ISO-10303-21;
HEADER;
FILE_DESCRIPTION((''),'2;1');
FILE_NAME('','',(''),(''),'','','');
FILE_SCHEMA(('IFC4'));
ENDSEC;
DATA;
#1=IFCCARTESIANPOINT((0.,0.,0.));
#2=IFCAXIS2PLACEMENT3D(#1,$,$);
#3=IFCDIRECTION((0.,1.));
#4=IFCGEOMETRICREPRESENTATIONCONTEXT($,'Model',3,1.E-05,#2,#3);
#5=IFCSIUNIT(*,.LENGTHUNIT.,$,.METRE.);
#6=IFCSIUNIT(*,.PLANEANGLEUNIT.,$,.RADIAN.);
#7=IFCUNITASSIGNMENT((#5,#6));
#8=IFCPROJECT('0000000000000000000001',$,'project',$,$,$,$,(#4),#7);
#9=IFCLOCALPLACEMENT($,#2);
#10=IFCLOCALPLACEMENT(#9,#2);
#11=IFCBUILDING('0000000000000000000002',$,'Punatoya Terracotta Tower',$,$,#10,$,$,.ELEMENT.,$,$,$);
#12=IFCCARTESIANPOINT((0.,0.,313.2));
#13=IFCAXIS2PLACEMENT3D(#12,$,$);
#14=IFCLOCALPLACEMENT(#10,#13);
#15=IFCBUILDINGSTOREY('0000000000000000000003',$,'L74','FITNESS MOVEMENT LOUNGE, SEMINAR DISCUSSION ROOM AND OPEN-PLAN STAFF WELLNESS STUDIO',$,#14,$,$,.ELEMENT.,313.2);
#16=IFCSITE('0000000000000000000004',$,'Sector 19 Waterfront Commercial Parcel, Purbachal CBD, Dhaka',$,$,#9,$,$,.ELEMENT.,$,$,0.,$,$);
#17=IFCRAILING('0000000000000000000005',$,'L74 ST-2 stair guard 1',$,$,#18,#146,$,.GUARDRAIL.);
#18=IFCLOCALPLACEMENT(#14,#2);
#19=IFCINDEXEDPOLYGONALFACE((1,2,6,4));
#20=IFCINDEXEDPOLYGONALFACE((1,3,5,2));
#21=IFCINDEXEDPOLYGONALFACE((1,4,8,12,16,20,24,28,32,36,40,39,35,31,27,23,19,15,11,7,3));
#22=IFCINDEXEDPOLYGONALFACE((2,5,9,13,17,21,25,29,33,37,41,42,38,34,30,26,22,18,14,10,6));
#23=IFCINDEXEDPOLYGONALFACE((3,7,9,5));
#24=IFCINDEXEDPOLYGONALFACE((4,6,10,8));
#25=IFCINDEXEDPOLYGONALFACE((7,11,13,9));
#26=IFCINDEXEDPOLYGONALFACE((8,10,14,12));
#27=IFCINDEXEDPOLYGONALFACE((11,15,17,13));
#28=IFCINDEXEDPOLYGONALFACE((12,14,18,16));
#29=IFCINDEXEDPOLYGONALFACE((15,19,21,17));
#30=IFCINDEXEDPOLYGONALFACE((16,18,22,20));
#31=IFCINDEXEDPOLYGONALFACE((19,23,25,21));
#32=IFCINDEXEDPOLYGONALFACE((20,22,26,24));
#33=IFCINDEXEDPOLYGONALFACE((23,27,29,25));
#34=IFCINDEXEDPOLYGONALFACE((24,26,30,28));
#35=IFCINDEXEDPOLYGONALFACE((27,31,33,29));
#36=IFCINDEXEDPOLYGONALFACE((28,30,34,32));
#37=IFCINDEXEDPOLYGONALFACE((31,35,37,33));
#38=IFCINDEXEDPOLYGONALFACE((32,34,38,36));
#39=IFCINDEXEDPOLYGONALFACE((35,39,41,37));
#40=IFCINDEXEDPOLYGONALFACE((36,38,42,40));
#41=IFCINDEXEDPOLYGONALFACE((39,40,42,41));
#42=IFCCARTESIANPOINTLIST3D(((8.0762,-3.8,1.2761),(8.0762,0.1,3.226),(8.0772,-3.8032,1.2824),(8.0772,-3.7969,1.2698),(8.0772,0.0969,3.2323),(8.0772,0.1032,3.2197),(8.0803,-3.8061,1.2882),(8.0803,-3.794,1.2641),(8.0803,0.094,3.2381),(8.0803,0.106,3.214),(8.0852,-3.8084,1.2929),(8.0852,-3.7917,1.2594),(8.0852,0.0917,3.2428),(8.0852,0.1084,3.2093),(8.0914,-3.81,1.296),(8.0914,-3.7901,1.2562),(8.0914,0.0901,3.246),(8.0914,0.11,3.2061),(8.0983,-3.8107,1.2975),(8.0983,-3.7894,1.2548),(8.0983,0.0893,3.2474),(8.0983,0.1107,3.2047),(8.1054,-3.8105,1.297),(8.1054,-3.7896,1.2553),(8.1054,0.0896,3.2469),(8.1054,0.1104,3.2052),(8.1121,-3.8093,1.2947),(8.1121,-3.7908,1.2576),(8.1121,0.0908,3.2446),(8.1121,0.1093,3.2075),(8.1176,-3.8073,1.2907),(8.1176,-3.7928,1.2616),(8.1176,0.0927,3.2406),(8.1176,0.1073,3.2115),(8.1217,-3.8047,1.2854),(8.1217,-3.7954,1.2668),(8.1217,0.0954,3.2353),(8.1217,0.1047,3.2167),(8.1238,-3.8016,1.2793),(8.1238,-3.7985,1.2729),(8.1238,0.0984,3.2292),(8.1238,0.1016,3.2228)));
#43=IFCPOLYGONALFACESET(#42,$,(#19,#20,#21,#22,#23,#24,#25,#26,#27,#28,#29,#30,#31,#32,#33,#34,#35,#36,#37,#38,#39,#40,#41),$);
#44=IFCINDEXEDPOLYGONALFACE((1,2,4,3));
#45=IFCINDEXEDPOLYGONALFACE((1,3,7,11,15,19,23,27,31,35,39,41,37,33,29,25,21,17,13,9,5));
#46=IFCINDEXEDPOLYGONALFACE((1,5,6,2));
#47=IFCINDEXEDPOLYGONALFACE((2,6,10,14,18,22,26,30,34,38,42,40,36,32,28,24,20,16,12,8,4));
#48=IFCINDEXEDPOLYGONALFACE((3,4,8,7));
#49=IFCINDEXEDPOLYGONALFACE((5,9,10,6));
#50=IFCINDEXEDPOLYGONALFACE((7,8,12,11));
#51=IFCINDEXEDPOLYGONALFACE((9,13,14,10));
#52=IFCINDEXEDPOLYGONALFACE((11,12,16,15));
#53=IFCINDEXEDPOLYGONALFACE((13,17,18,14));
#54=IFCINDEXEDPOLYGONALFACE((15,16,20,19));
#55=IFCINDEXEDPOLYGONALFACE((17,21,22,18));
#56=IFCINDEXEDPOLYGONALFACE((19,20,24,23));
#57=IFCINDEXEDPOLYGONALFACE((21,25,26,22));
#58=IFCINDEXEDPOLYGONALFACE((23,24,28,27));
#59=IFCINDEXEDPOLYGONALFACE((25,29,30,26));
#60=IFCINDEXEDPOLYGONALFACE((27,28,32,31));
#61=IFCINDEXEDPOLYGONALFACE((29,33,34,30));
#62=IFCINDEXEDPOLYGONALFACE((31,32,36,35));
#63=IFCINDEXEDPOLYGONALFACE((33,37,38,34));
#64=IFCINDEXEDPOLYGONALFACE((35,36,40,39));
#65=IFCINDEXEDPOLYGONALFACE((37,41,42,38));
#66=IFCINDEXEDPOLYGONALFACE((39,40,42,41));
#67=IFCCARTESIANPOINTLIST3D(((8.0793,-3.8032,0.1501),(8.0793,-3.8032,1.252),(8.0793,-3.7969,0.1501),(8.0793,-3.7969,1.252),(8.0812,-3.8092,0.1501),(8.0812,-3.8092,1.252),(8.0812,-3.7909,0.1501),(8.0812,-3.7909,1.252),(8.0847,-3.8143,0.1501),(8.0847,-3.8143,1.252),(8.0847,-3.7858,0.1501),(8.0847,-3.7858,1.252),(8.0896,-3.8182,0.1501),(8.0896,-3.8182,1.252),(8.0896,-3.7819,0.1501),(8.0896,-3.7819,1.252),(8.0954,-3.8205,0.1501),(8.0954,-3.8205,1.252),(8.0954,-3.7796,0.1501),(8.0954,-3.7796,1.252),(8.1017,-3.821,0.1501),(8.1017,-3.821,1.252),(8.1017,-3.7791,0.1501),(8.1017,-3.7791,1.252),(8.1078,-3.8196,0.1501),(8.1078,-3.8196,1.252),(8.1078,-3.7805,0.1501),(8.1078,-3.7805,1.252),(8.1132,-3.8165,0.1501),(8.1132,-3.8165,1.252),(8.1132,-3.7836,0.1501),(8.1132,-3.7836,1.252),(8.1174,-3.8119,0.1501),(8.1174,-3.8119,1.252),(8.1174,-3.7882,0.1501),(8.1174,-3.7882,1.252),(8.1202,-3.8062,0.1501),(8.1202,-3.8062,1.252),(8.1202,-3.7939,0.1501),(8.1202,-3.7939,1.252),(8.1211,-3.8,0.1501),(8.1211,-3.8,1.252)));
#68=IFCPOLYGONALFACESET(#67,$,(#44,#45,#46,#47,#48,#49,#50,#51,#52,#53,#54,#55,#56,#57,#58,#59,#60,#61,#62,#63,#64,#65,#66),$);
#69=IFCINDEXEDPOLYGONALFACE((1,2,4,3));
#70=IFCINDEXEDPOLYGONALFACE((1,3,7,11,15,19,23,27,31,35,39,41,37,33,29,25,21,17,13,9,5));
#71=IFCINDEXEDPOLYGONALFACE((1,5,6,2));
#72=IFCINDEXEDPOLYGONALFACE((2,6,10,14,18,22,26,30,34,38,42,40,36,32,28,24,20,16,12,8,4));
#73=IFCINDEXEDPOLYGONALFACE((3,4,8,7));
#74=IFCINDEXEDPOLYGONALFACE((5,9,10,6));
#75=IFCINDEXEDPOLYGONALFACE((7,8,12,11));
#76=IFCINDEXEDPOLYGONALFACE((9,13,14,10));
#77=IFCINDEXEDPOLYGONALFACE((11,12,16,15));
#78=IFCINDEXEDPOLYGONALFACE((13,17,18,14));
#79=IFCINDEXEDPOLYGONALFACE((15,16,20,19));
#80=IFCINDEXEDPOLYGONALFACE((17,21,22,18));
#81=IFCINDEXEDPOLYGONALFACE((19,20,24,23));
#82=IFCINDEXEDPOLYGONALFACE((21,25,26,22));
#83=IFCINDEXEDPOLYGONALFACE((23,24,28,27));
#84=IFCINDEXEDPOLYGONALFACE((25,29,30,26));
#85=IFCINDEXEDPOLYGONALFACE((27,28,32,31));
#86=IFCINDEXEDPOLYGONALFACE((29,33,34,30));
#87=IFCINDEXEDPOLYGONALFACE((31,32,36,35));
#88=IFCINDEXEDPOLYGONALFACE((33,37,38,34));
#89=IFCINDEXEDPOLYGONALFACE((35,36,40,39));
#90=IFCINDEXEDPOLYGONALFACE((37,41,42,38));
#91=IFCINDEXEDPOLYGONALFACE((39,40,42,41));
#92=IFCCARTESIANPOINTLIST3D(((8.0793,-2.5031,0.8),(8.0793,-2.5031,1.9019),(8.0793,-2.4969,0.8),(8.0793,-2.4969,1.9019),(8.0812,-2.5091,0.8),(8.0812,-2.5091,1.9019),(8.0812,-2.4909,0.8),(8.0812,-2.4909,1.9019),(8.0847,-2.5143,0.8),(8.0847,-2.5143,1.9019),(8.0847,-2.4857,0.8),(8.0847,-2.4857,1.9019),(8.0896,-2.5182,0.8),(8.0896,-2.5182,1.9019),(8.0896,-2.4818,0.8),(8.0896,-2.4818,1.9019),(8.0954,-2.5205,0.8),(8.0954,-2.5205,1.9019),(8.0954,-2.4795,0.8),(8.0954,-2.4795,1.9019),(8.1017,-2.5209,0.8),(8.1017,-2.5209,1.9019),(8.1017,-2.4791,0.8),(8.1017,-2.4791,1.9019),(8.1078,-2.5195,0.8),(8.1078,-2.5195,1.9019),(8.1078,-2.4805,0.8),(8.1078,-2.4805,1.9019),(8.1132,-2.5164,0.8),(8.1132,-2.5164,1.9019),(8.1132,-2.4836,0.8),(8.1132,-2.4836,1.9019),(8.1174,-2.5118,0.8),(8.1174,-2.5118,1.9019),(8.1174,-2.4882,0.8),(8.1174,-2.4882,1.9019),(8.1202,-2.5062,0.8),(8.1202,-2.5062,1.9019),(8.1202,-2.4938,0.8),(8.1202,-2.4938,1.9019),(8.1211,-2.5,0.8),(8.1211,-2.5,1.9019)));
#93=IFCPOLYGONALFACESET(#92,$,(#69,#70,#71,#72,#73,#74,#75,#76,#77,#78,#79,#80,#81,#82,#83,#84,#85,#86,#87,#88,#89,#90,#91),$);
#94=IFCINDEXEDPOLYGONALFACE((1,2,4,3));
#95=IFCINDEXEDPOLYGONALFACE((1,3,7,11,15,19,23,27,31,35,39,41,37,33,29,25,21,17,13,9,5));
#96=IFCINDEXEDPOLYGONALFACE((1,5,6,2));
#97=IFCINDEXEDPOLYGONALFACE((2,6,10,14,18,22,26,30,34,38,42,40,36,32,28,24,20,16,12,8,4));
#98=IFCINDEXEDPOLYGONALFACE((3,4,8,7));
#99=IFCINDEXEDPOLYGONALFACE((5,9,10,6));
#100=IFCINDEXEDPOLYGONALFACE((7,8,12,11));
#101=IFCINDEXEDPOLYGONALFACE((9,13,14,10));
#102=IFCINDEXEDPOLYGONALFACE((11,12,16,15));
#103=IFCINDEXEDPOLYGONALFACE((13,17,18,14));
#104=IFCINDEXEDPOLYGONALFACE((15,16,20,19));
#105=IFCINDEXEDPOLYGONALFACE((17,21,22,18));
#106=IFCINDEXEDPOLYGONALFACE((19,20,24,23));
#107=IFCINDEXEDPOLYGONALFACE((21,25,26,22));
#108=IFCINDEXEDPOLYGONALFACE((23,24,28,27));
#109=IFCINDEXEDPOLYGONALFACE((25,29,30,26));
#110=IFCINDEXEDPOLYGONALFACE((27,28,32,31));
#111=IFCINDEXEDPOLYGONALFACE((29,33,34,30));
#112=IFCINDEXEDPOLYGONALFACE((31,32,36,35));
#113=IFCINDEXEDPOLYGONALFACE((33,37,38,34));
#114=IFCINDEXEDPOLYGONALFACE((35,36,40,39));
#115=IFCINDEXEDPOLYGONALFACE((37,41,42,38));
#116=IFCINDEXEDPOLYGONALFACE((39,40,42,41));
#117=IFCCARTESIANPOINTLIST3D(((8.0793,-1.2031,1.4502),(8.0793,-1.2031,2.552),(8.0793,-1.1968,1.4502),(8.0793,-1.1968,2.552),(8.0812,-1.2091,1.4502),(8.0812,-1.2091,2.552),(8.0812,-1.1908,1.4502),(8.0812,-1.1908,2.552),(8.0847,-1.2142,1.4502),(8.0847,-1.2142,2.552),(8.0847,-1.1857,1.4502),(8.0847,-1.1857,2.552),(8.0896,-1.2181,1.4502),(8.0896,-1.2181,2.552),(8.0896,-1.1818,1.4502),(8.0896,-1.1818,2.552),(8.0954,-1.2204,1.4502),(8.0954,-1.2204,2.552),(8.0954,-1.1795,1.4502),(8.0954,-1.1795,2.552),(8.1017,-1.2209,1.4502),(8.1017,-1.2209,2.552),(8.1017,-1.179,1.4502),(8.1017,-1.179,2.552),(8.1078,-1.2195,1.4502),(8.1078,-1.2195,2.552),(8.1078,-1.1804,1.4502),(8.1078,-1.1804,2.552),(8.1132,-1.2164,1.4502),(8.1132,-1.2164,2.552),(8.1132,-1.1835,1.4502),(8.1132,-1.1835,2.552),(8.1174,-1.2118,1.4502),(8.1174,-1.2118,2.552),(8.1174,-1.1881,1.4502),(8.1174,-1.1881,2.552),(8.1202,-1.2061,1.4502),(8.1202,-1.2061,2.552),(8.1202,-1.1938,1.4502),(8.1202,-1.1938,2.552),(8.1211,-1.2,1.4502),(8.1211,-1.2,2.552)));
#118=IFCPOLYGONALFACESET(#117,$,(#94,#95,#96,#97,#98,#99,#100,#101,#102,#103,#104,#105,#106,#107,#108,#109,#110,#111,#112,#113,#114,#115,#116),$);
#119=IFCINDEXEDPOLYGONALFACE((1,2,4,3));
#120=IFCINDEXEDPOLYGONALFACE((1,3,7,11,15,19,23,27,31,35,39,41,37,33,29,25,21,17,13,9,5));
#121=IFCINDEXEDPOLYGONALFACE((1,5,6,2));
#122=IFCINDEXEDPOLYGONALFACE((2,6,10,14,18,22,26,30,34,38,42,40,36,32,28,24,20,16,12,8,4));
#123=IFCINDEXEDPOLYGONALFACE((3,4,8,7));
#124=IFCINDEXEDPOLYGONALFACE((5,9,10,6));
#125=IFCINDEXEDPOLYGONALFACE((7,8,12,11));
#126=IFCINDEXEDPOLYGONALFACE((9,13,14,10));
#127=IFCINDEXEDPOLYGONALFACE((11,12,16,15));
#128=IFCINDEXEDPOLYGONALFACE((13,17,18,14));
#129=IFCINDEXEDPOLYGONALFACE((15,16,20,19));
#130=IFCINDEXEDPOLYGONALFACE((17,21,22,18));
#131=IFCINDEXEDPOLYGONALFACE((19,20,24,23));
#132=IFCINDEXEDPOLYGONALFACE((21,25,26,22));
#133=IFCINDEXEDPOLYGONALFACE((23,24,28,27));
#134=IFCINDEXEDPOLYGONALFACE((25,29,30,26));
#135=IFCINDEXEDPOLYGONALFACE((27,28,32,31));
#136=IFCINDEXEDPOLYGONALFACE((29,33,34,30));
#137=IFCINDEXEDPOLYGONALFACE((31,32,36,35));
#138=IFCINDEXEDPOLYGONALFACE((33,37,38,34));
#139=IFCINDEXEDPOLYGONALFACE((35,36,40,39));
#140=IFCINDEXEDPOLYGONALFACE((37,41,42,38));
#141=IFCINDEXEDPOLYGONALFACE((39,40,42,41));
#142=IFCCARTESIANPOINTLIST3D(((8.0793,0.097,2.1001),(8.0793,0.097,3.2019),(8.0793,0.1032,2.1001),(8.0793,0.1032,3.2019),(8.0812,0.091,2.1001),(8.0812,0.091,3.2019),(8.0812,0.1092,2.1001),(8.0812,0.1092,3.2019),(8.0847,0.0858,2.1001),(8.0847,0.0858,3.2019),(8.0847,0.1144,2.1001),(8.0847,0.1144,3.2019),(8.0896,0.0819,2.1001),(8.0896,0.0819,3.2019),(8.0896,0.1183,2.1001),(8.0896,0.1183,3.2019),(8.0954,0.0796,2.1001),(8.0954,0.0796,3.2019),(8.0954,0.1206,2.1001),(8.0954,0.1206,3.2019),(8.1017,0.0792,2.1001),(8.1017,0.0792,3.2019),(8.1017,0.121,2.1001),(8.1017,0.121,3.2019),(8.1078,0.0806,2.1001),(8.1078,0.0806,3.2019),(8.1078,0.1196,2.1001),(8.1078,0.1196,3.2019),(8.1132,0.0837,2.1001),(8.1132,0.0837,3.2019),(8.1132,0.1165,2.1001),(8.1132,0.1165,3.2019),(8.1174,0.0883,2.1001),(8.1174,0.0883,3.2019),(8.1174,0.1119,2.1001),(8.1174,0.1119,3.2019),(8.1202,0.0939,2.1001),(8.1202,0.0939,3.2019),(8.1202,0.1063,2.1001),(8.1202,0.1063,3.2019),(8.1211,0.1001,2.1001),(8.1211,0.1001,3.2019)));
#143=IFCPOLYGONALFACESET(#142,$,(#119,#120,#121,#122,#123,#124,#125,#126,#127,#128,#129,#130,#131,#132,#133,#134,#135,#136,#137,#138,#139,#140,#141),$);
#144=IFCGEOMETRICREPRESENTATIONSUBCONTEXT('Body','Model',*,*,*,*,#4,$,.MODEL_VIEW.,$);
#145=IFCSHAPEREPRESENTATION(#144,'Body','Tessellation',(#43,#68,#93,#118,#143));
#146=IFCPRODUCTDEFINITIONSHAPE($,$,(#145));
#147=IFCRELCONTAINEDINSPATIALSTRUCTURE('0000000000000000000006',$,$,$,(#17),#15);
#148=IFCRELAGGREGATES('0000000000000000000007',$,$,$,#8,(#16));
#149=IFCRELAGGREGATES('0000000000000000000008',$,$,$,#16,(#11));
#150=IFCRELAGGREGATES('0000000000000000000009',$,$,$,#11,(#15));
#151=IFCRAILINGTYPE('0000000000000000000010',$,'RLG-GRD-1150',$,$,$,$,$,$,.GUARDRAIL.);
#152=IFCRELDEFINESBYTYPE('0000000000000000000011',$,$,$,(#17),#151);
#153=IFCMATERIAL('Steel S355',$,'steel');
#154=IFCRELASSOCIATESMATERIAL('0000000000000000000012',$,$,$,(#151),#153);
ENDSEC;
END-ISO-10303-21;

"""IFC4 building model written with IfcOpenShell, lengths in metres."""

from ifc_helpers import new_model, si_unit, direction, frame, origin, origin_2d, place, context, subcontext, project, spatial, circle, extrude, material, type_object, element, save


model = new_model("IFC4")

# Units and contexts
model_context = context("Model", 3, precision=1e-05, world=origin(), true_north=direction((0.0, 1.0)))
body_context = subcontext(model_context, "Body", "Model", "MODEL_VIEW")
ifc_project = project(units=[si_unit("LENGTHUNIT", "METRE"), si_unit("PLANEANGLEUNIT", "RADIAN")], contexts=[model_context])

# Site, building, storey
site_placement = place(None, origin())
site = spatial("IfcSite", under=ifc_project, at=site_placement, Name="Sector 19 Waterfront Commercial Parcel, Purbachal CBD, Dhaka", CompositionType="ELEMENT", RefElevation=0.0)
building_placement = place(site_placement, origin())
building = spatial("IfcBuilding", under=site, at=building_placement, Name="Punatoya Terracotta Tower", CompositionType="ELEMENT")
storey_placement = place(building_placement, frame((0.0, 0.0, 313.2)))
storey = spatial("IfcBuildingStorey", under=building, at=storey_placement, Name="L74", Description="FITNESS MOVEMENT LOUNGE, SEMINAR DISCUSSION ROOM AND OPEN-PLAN STAFF WELLNESS STUDIO", CompositionType="ELEMENT", Elevation=313.2)

# Railing
ifc_material_1 = material(Name="Steel S355", Category="steel")
railing_type = type_object("IfcRailingType", Name="RLG-GRD-1150", PredefinedType="GUARDRAIL", material=ifc_material_1)
railing_1_placement = place(storey_placement, frame((8.1001, -3.8, 0.1501)))
element("IfcRailing", 1, at=railing_1_placement, inside=storey, type_object=railing_type, Name="L74 ST-2 stair guard 1", PredefinedType="GUARDRAIL", context=body_context, shape_type="SweptSolid", body=[
    extrude(circle(Radius=0.0239, at=origin_2d()), frame((0.0, 0.0, 1.126), z_axis=(0.0, 0.894438, 0.447191), x_axis=(-1.0, 0.0, 0.0)), (0.0, 0.0, 1.0), 4.3604),
    extrude(circle(Radius=0.021, at=origin_2d()), origin(), (0.0, 0.0, 1.0), 1.1018),
    extrude(circle(Radius=0.021, at=origin_2d()), frame((0.0, 1.3, 0.6499)), (0.0, 0.0, 1.0), 1.1018),
    extrude(circle(Radius=0.021, at=origin_2d()), frame((0.0, 2.6001, 1.3)), (0.0, 0.0, 1.0), 1.1018),
    extrude(circle(Radius=0.021, at=origin_2d()), frame((0.0, 3.9001, 1.95)), (0.0, 0.0, 1.0), 1.1018),
])

save(model, "model.ifc")
